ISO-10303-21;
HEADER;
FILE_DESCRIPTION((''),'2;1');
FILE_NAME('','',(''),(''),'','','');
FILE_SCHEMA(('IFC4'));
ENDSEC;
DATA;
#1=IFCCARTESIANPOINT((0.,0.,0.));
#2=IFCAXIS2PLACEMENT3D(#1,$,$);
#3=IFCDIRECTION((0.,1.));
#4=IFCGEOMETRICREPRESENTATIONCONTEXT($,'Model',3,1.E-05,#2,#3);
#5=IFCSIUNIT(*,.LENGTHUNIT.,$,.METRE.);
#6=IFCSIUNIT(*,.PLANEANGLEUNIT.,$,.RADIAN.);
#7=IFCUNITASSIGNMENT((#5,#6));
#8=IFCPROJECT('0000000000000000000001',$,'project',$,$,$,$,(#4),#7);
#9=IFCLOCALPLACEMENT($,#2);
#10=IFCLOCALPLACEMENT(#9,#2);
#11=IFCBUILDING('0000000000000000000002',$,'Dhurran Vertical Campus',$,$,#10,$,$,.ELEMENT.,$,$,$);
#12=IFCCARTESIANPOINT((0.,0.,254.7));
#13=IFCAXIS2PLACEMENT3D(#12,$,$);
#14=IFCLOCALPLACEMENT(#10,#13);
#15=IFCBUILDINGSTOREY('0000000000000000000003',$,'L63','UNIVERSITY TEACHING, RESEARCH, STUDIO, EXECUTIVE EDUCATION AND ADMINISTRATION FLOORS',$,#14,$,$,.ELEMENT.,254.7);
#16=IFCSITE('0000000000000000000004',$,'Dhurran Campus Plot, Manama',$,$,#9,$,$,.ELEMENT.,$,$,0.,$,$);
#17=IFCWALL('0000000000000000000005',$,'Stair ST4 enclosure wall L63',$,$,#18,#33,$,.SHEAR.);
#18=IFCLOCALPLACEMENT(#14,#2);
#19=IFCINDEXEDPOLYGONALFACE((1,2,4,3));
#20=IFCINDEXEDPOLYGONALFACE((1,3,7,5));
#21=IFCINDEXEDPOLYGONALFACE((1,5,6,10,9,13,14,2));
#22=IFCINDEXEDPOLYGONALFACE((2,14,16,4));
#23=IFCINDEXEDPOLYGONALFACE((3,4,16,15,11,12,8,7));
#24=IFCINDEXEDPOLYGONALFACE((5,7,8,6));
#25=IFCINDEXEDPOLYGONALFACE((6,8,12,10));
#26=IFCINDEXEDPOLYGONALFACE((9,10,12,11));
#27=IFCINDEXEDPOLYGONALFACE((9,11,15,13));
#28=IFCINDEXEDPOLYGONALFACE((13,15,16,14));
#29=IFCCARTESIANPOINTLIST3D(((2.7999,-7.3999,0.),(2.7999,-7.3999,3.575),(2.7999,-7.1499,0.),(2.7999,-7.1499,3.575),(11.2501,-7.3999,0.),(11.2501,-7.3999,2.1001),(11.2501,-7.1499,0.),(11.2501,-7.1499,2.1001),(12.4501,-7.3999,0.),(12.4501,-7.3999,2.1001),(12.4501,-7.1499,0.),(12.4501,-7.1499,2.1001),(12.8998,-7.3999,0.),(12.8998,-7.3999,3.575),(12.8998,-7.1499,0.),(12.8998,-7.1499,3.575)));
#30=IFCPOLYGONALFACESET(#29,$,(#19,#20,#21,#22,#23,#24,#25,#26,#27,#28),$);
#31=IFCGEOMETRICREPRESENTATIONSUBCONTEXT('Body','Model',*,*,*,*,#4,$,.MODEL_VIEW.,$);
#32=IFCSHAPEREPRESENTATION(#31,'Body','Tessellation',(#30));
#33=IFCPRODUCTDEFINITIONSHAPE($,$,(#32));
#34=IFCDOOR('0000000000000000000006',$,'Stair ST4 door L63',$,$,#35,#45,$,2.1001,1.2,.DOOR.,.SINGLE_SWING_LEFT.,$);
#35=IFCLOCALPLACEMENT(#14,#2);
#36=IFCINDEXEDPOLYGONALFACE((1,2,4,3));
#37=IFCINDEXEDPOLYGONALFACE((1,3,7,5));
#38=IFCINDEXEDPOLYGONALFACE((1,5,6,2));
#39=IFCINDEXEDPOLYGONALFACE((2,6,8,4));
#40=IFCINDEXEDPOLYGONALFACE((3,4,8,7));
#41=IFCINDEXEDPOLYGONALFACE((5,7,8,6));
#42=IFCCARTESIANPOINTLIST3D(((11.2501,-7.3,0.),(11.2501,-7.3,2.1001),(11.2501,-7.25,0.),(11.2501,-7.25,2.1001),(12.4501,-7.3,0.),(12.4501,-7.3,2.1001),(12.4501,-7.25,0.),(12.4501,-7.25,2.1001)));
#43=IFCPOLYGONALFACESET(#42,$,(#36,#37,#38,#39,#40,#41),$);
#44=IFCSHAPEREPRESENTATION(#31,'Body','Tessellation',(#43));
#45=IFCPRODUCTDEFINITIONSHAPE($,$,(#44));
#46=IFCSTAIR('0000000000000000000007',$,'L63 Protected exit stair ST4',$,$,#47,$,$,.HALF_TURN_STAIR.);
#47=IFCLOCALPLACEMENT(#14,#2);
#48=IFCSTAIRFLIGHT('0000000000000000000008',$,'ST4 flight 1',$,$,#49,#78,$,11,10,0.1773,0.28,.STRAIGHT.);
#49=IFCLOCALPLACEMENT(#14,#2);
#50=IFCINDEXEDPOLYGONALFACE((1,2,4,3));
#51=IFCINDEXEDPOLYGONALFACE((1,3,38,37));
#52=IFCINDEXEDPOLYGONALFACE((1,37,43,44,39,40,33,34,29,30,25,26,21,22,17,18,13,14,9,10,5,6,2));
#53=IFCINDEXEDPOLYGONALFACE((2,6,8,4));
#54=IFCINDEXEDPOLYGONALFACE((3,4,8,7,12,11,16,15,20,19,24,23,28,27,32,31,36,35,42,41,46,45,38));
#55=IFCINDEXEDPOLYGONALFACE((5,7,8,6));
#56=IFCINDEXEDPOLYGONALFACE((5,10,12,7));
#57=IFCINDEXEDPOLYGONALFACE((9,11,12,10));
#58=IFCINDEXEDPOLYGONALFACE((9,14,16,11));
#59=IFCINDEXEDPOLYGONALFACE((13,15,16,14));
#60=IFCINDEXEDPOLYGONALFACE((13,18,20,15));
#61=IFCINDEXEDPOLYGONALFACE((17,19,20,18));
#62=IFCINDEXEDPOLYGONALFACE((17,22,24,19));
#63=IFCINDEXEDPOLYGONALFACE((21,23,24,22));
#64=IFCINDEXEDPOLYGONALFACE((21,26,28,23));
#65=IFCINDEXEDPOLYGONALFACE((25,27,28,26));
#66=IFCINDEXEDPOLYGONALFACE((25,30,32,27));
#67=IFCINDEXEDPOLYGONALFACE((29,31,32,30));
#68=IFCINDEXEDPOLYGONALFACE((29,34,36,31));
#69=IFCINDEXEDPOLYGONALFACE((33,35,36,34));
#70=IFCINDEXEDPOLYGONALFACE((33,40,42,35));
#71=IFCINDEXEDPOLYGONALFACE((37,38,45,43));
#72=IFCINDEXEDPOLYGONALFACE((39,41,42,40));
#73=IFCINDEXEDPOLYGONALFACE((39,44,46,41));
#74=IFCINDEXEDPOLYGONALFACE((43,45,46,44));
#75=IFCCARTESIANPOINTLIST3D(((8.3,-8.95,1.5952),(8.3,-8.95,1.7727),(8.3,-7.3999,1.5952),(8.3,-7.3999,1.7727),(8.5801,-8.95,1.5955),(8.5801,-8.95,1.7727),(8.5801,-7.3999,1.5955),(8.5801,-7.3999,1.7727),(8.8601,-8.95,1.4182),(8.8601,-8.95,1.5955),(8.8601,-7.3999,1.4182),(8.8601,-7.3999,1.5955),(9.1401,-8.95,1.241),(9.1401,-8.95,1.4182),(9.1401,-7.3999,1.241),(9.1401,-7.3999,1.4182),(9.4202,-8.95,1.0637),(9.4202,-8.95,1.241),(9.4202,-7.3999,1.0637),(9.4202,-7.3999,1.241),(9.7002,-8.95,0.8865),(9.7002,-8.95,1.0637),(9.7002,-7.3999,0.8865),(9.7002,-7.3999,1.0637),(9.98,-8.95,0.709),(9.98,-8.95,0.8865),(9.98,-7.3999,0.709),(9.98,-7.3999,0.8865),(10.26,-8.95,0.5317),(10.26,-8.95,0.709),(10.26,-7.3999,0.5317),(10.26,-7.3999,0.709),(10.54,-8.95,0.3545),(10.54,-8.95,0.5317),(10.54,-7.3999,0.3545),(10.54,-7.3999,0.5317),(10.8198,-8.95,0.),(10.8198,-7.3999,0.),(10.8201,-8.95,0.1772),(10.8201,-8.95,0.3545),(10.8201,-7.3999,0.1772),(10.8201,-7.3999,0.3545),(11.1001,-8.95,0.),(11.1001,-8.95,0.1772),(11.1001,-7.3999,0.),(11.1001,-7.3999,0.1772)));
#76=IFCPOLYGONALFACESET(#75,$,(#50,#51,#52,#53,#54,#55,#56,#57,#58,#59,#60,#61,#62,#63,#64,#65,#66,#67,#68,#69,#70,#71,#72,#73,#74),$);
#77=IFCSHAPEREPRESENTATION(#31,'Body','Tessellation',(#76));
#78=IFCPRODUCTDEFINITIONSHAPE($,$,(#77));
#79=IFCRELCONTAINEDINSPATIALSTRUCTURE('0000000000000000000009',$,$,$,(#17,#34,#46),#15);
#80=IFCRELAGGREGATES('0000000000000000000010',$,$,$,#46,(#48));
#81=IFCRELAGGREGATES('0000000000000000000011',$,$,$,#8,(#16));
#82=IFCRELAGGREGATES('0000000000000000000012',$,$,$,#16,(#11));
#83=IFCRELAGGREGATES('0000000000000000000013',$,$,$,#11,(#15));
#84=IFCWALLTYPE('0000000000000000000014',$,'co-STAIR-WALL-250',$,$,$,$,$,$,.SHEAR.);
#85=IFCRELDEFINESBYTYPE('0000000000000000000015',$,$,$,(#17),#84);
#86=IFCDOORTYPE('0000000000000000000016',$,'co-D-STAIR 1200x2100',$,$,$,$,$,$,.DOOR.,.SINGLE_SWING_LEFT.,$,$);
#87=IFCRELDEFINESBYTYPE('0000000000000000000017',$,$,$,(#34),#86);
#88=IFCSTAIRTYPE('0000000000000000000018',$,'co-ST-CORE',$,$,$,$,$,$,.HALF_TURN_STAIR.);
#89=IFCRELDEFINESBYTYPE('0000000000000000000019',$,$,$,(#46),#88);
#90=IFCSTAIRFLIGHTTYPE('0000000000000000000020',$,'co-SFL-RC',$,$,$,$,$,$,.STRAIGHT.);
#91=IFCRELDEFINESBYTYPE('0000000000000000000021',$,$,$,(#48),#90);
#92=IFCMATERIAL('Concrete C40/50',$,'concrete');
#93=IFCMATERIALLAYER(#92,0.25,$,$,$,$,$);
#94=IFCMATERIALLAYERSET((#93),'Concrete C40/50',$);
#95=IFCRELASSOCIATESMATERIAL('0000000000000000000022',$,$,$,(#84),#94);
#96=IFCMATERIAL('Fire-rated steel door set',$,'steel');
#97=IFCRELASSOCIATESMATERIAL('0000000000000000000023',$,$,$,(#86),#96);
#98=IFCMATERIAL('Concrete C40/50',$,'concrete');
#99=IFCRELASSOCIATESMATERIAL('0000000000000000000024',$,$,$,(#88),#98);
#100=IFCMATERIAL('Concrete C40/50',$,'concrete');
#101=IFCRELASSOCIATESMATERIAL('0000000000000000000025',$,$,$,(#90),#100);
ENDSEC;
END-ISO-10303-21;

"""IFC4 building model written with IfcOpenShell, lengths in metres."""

from ifc_helpers import new_model, si_unit, direction, frame, frame_2d, origin, place, context, subcontext, project, spatial, polyline, rectangle, outline, extrude, material, layer, layer_set, type_object, element, fill, aggregate, save


model = new_model("IFC4")

# Units and contexts
model_context = context("Model", 3, precision=1e-05, world=origin(), true_north=direction((0.0, 1.0)))
body_context = subcontext(model_context, "Body", "Model", "MODEL_VIEW")
ifc_project = project(units=[si_unit("LENGTHUNIT", "METRE"), si_unit("PLANEANGLEUNIT", "RADIAN")], contexts=[model_context])

# Site, building, storey
site_placement = place(None, origin())
site = spatial("IfcSite", under=ifc_project, at=site_placement, Name="Dhurran Campus Plot, Manama", CompositionType="ELEMENT", RefElevation=0.0)
building_placement = place(site_placement, origin())
building = spatial("IfcBuilding", under=site, at=building_placement, Name="Dhurran Vertical Campus", CompositionType="ELEMENT")
storey_placement = place(building_placement, frame((0.0, 0.0, 254.7)))
storey = spatial("IfcBuildingStorey", under=building, at=storey_placement, Name="L63", Description="UNIVERSITY TEACHING, RESEARCH, STUDIO, EXECUTIVE EDUCATION AND ADMINISTRATION FLOORS", CompositionType="ELEMENT", Elevation=254.7)

# Wall, opening, door
ifc_material_1 = material(Name="Concrete C40/50", Category="concrete")
ifc_layer_1 = layer(ifc_material_1, 0.25)
ifc_layer_set_1 = layer_set([ifc_layer_1], Name="Concrete C40/50")
wall_type_1 = type_object("IfcWallType", Name="co-STAIR-WALL-250", PredefinedType="SHEAR", material=ifc_layer_set_1)
wall_1_placement = place(storey_placement, frame((2.8, -7.2749, 0.0), z_axis=(0.0, 0.0, 1.0), x_axis=(1.0, 0.0, 0.0)))
wall_1 = element("IfcWall", 1, at=wall_1_placement, inside=storey, type_object=wall_type_1, Name="Stair ST4 enclosure wall L63", PredefinedType="SHEAR", context=body_context, shape_type="SweptSolid", body=[
    extrude(rectangle(XDim=10.0999, YDim=0.25, at=frame_2d((5.0498, 0.0))), origin(), (0.0, 0.0, 1.0), 3.575),
])
opening_1_placement = place(wall_1_placement, frame((8.45, 0.0, 0.0)))
opening_1 = element("IfcOpeningElement", 2, at=opening_1_placement, cuts=wall_1, PredefinedType="OPENING", context=body_context, shape_type="SweptSolid", body=[
    extrude(rectangle(XDim=1.2, YDim=2.1001, at=frame_2d((0.6001, 1.05))), frame((0.0, 0.135, 0.0), z_axis=(0.0, -1.0, 0.0), x_axis=(1.0, 0.0, 0.0)), (0.0, 0.0, 1.0), 0.27),
])
ifc_material_2 = material(Name="Fire-rated steel door set", Category="steel")
door_type_1 = type_object("IfcDoorType", Name="co-D-STAIR 1200x2100", OperationType="SINGLE_SWING_LEFT", PredefinedType="DOOR", material=ifc_material_2)
door_1_placement = place(opening_1_placement, origin())
door_1 = element("IfcDoor", 3, at=door_1_placement, inside=storey, type_object=door_type_1, Name="Stair ST4 door L63", OperationType="SINGLE_SWING_LEFT", OverallHeight=2.1001, OverallWidth=1.2, PredefinedType="DOOR", context=body_context, shape_type="SweptSolid", body=[
    extrude(rectangle(XDim=1.2, YDim=2.1001, at=frame_2d((0.6001, 1.05))), frame((0.0, 0.0249, 0.0), z_axis=(0.0, -1.0, 0.0), x_axis=(1.0, 0.0, 0.0)), (0.0, 0.0, 1.0), 0.05),
])
fill(opening_1, door_1)

# Stair, stair flight
ifc_material_3 = material(Name="Concrete C40/50", Category="concrete")
stair_type = type_object("IfcStairType", Name="co-ST-CORE", PredefinedType="HALF_TURN_STAIR", material=ifc_material_3)
stair_placement = place(storey_placement, origin())
stair = element("IfcStair", 4, at=stair_placement, inside=storey, type_object=stair_type, Name="L63 Protected exit stair ST4", PredefinedType="HALF_TURN_STAIR")
ifc_material_4 = material(Name="Concrete C40/50", Category="concrete")
stair_flight_type = type_object("IfcStairFlightType", Name="co-SFL-RC", PredefinedType="STRAIGHT", material=ifc_material_4)
stair_flight_placement = place(storey_placement, frame((11.1001, -8.175, 0.0), z_axis=(0.0, 0.0, 1.0), x_axis=(-1.0, 0.0, 0.0)))
stair_flight = element("IfcStairFlight", 5, at=stair_flight_placement, type_object=stair_flight_type, Name="ST4 flight 1", NumberOfRisers=11, NumberOfTreads=10, PredefinedType="STRAIGHT", RiserHeight=0.1773, TreadLength=0.28, context=body_context, shape_type="SweptSolid", body=[
    extrude(outline(polyline([(0.0, 0.0), (0.0, 0.1772), (0.28, 0.1772), (0.28, 0.3545), (0.5601, 0.3545), (0.5601, 0.5317), (0.8401, 0.5317), (0.8401, 0.709), (1.1201, 0.709), (1.1201, 0.8865), (1.3999, 0.8865), (1.3999, 1.0637), (1.6799, 1.0637), (1.6799, 1.241), (1.96, 1.241), (1.96, 1.4182), (2.24, 1.4182), (2.24, 1.5955), (2.52, 1.5955), (2.52, 1.7727), (2.8, 1.7727), (2.8, 1.95), (2.8, 1.5952), (0.2803, 0.0), (0.0, 0.0)])), frame((0.0, 0.7749, 0.0), z_axis=(0.0, -1.0, 0.0), x_axis=(1.0, 0.0, 0.0)), (0.0, 0.0, 1.0), 1.55),
])
aggregate(stair, [stair_flight])

save(model, "model.ifc")
